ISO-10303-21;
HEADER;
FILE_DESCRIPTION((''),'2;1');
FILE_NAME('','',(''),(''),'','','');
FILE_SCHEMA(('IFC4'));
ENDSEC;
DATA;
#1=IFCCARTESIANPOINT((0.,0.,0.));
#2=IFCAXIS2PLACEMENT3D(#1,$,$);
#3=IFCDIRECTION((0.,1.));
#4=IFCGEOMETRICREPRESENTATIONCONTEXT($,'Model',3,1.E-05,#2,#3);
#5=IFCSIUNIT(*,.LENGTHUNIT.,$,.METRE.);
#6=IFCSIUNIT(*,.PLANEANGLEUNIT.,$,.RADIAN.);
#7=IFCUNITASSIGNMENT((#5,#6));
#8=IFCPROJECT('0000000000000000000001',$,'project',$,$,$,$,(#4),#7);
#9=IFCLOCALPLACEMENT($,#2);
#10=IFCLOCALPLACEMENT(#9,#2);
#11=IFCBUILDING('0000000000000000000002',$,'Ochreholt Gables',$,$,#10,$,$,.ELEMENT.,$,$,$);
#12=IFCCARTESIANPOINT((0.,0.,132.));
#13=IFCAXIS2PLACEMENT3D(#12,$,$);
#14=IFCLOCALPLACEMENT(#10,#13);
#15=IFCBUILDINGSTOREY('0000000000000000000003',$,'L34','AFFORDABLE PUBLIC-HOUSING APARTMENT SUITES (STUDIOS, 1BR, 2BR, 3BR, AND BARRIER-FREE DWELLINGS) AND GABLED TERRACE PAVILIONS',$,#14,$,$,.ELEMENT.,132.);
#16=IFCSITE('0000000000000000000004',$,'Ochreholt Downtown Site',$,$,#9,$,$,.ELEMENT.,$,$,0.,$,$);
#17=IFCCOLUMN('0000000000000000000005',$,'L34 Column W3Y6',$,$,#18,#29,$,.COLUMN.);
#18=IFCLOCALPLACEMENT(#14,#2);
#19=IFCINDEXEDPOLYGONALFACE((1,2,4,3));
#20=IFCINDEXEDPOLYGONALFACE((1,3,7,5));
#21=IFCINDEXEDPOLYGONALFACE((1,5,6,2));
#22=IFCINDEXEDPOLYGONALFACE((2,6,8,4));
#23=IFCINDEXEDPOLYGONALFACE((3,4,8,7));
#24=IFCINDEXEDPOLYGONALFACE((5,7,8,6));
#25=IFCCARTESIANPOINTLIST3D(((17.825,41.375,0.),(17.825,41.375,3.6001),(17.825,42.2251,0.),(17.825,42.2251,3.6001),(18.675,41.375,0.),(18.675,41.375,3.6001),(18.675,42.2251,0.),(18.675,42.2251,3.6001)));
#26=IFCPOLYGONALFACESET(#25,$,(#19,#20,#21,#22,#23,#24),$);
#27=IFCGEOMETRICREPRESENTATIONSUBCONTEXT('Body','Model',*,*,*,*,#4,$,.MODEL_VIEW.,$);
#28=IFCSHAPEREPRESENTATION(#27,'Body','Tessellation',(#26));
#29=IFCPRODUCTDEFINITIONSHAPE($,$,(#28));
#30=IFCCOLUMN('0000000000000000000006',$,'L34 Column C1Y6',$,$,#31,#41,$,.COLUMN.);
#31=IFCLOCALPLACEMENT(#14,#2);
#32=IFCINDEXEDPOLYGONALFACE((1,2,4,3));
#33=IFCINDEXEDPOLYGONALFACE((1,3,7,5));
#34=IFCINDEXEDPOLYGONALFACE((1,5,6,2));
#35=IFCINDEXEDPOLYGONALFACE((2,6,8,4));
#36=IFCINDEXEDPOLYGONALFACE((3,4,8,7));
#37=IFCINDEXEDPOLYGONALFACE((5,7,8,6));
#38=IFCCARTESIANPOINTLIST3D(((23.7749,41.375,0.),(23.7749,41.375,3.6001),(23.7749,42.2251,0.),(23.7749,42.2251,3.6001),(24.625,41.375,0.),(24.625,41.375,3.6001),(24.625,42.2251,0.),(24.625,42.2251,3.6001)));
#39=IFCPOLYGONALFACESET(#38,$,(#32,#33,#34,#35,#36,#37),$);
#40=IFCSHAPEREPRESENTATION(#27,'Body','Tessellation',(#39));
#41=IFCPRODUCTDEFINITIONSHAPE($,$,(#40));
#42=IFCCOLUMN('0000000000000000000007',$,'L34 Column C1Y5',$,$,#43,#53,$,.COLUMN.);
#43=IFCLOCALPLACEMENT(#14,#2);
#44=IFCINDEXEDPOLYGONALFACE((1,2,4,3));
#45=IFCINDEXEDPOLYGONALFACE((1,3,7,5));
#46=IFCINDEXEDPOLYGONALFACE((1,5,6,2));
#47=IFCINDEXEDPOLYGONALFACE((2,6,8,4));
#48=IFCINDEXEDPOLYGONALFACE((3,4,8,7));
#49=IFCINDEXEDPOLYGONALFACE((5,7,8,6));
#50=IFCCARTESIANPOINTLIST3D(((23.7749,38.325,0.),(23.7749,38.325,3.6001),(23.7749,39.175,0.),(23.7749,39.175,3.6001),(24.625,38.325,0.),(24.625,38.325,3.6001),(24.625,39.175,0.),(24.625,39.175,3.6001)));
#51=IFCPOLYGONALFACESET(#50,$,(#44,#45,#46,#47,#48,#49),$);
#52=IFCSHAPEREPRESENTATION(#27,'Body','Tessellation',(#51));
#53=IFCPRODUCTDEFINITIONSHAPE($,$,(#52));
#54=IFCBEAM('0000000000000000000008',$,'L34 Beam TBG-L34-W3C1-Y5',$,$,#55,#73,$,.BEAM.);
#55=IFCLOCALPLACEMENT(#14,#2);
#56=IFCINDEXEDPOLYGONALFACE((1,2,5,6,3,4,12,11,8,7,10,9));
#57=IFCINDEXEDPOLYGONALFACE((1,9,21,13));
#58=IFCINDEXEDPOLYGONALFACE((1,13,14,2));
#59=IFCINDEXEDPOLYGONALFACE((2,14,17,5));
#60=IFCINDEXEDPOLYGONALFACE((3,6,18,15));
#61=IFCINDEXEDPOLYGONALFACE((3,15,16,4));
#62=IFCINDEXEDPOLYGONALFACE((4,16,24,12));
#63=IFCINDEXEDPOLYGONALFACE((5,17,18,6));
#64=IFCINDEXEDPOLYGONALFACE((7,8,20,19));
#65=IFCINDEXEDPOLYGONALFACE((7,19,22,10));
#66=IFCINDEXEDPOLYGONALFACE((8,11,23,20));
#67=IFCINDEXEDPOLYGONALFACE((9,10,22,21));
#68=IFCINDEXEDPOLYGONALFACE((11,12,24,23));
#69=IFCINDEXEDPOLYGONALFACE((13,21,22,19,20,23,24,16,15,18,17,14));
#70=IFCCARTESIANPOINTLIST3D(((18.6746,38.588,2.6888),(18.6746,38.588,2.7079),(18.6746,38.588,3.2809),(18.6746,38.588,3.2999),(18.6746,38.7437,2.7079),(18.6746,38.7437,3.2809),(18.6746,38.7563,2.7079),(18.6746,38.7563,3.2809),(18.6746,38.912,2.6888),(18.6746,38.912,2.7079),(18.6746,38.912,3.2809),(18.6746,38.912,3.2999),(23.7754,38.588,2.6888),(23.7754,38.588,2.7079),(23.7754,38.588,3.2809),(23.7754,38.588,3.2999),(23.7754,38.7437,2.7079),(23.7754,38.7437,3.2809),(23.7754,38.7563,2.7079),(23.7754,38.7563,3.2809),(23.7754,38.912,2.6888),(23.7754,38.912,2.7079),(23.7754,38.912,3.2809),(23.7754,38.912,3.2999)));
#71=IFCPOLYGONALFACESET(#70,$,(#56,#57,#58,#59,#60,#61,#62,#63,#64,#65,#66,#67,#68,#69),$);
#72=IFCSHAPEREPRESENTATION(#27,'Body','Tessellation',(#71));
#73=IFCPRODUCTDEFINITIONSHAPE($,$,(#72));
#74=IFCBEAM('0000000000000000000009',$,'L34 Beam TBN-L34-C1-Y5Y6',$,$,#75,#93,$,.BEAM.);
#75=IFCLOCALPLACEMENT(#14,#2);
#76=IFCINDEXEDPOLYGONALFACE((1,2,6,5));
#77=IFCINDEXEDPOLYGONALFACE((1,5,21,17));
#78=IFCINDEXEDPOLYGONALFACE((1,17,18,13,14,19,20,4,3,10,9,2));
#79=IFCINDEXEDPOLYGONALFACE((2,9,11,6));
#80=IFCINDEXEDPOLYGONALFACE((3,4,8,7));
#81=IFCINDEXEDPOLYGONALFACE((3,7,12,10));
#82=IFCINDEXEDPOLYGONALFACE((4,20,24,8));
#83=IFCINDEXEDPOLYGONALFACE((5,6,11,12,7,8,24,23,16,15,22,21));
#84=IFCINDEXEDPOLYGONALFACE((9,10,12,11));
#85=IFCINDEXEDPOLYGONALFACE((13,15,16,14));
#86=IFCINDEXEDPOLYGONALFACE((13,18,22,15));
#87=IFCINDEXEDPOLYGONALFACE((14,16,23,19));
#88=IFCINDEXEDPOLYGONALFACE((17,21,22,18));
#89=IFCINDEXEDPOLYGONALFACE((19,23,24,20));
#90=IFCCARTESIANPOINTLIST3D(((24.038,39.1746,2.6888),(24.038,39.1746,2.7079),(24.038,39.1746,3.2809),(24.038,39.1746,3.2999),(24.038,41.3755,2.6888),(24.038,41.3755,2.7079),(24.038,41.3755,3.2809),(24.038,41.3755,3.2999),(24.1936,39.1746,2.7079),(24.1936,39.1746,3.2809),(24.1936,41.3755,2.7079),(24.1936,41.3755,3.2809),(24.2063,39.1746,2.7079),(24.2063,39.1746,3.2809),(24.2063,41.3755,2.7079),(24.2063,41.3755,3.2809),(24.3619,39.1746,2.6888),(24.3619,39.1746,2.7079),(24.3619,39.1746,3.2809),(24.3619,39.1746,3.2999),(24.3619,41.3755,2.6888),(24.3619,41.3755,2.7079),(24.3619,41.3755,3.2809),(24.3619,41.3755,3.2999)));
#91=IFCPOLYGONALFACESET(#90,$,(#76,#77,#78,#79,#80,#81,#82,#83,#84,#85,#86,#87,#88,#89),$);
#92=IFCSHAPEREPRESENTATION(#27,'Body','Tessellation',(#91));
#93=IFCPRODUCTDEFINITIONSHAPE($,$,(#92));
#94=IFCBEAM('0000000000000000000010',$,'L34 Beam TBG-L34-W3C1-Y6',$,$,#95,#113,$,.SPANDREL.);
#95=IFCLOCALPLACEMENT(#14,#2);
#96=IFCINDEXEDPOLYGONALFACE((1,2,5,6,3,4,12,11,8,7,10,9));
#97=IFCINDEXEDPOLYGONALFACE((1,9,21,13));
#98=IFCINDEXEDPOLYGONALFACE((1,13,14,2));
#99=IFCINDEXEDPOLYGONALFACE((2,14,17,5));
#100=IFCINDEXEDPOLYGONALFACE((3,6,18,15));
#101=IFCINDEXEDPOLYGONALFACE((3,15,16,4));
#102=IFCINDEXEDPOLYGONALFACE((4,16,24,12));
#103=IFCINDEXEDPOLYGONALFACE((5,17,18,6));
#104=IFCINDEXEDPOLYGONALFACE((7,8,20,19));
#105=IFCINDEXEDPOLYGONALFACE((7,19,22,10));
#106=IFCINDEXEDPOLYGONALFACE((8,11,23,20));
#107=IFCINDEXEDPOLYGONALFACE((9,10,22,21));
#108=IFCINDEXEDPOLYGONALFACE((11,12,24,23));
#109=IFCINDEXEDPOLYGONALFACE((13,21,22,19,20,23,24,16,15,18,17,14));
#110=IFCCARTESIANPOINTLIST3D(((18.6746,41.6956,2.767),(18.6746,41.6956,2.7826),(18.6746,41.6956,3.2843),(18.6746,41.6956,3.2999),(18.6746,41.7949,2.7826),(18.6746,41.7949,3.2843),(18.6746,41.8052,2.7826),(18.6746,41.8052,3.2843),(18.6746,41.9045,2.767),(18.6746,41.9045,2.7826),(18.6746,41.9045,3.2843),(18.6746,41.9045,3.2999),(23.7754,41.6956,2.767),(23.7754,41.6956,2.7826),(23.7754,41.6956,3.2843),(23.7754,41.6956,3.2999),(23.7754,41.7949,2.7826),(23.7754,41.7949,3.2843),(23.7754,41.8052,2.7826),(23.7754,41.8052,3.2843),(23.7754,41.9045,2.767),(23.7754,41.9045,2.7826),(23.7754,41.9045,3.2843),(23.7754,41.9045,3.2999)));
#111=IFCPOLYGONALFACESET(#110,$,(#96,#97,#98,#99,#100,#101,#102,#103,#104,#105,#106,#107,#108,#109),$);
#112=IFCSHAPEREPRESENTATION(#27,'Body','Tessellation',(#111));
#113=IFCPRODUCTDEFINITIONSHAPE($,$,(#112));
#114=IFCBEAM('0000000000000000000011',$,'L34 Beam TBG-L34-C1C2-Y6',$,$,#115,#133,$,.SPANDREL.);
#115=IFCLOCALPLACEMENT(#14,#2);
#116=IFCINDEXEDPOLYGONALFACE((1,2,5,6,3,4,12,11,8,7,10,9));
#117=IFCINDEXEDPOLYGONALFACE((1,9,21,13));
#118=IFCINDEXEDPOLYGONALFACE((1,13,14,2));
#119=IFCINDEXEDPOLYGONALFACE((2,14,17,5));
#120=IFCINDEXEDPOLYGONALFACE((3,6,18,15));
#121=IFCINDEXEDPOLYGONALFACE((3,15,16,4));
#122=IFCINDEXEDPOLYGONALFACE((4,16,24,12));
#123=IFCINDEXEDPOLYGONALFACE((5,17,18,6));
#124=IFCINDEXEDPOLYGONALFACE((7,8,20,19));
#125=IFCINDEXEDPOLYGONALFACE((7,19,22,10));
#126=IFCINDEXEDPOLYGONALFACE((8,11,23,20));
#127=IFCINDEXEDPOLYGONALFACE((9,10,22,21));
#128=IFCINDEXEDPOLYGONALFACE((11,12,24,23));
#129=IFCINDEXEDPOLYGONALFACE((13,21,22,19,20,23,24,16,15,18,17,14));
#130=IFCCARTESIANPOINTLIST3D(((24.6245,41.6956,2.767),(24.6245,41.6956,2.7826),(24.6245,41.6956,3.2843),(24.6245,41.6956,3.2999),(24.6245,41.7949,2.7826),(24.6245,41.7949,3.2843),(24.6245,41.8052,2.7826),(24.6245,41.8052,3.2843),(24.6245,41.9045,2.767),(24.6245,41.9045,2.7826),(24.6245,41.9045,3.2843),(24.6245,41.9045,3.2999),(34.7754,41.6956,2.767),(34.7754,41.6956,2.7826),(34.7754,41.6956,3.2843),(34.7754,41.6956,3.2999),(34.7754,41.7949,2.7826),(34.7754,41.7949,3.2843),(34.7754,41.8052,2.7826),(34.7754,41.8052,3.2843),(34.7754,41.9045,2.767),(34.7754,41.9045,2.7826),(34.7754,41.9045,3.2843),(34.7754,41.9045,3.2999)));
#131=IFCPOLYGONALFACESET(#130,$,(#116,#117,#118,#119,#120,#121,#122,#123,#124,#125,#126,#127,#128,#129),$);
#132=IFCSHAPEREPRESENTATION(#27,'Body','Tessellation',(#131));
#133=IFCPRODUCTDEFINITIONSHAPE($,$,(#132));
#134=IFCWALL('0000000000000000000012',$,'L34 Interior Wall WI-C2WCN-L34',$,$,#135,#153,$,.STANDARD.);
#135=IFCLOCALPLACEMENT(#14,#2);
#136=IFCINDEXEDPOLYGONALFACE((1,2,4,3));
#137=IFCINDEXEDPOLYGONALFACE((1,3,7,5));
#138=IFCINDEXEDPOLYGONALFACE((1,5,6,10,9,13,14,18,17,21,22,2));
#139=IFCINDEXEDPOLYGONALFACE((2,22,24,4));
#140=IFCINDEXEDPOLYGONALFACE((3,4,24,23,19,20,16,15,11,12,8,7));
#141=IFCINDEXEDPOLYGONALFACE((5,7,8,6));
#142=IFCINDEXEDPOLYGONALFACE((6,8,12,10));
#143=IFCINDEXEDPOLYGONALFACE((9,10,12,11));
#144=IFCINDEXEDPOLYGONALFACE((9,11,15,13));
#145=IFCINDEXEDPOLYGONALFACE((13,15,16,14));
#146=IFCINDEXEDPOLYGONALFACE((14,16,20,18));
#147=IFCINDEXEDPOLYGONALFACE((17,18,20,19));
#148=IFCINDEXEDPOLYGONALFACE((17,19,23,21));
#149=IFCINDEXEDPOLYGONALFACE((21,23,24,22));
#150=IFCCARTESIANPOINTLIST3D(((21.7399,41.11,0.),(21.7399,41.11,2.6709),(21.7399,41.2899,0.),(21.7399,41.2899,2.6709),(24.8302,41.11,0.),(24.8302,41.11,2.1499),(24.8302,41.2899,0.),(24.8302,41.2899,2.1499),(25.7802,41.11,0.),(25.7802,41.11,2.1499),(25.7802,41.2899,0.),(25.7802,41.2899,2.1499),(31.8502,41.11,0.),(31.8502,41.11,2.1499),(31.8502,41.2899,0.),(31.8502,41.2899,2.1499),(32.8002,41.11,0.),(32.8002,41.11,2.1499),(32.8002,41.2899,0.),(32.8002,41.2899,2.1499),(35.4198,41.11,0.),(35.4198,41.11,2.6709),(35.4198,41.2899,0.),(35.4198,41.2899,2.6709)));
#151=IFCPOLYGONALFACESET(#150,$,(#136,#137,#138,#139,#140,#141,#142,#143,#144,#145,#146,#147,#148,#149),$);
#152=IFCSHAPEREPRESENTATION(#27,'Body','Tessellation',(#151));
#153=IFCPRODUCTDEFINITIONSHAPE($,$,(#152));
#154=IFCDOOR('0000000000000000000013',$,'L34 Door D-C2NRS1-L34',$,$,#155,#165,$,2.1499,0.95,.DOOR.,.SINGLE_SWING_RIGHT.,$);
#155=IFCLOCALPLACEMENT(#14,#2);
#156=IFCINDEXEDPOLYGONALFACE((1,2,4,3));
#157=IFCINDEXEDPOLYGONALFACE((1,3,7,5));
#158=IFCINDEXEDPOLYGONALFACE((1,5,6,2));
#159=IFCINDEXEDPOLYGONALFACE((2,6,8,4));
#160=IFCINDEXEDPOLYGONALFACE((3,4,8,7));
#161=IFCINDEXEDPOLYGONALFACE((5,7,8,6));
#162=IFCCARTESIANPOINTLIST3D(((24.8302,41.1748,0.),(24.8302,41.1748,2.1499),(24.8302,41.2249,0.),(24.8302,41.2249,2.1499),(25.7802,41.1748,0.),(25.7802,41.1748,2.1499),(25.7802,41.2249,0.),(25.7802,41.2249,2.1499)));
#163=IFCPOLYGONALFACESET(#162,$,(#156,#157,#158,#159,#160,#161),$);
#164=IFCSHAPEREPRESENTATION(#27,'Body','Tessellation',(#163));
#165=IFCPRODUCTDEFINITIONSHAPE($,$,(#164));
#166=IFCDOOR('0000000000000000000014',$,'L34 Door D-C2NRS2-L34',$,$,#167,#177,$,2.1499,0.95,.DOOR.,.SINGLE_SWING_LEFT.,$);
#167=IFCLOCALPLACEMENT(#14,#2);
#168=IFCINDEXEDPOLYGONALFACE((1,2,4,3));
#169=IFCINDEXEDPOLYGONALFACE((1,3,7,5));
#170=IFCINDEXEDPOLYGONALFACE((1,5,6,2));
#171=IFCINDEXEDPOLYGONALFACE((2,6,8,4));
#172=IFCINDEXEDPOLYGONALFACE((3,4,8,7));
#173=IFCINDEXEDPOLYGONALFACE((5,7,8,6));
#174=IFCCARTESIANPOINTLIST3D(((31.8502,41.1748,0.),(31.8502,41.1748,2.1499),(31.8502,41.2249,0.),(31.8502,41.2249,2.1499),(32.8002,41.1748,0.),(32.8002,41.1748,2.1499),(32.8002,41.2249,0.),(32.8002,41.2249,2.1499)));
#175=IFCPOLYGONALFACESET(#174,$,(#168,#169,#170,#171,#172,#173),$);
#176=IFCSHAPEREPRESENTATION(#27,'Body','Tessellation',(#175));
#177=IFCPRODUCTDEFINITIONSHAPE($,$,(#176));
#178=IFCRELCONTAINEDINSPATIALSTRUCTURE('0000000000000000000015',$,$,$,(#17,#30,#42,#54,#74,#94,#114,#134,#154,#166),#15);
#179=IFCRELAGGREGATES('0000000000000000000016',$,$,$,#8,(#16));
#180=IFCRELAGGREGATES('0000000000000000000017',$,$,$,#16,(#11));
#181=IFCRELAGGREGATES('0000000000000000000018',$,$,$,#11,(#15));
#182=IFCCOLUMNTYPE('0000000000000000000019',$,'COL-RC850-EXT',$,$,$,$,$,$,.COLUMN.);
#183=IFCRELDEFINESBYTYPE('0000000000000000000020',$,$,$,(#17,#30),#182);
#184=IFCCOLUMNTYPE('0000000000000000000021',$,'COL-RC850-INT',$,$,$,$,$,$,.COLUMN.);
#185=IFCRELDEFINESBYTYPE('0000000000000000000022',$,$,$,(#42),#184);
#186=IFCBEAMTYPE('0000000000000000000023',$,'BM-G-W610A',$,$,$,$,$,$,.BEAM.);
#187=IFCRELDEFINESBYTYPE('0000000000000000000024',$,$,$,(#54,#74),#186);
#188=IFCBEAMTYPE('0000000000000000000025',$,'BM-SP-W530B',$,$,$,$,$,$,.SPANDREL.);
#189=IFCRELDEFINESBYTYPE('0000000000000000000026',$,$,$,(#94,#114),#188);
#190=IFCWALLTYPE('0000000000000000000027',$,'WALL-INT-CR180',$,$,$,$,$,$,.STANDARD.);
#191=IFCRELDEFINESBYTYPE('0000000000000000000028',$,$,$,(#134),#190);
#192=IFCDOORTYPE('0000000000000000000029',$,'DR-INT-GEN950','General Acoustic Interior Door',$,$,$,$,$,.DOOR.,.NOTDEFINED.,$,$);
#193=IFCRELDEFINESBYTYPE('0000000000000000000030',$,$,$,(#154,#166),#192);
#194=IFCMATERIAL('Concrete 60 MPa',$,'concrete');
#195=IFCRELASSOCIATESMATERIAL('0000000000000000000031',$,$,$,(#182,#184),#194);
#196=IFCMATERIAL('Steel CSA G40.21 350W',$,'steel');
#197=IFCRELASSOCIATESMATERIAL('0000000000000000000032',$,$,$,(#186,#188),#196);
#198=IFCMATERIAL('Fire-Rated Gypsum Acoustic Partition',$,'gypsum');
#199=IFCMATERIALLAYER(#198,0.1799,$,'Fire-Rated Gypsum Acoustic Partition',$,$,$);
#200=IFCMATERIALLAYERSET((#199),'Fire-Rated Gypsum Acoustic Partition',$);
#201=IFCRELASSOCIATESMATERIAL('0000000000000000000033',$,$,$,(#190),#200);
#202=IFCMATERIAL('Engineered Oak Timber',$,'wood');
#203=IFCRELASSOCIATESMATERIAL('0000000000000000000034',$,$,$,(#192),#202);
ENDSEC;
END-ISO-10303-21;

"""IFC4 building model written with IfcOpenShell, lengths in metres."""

from ifc_helpers import new_model, si_unit, direction, frame, frame_2d, origin, origin_2d, place, context, subcontext, project, spatial, rectangle, i_section, extrude, material, layer, layer_set, material_profile, profile_set, type_object, element, fill, save


model = new_model("IFC4")

# Units and contexts
model_context = context("Model", 3, precision=1e-05, world=origin(), true_north=direction((0.0, 1.0)))
body_context = subcontext(model_context, "Body", "Model", "MODEL_VIEW")
ifc_project = project(units=[si_unit("LENGTHUNIT", "METRE"), si_unit("PLANEANGLEUNIT", "RADIAN")], contexts=[model_context])

# Site, building, storey
site_placement = place(None, origin())
site = spatial("IfcSite", under=ifc_project, at=site_placement, Name="Ochreholt Downtown Site", CompositionType="ELEMENT", RefElevation=0.0)
building_placement = place(site_placement, origin())
building = spatial("IfcBuilding", under=site, at=building_placement, Name="Ochreholt Gables", CompositionType="ELEMENT")
storey_placement = place(building_placement, frame((0.0, 0.0, 132.0)))
storey = spatial("IfcBuildingStorey", under=building, at=storey_placement, Name="L34", Description="AFFORDABLE PUBLIC-HOUSING APARTMENT SUITES (STUDIOS, 1BR, 2BR, 3BR, AND BARRIER-FREE DWELLINGS) AND GABLED TERRACE PAVILIONS", CompositionType="ELEMENT", Elevation=132.0)

# Columns
ifc_material_1 = material(Name="Concrete 60 MPa", Category="concrete")
ifc_material_profile_1 = material_profile(ifc_material_1, rectangle(XDim=0.8501, YDim=0.8501, at=origin_2d()), Name="RC850X850")
ifc_profile_set_1 = profile_set([ifc_material_profile_1], Name="Concrete 60 MPa")
column_type_1 = type_object("IfcColumnType", Name="COL-RC850-EXT", PredefinedType="COLUMN", material=ifc_profile_set_1)
for number, where, z_axis, x_axis, name in (
    (1, (18.25, 41.8, 0.0), (0.0, 0.0, 1.0), (1.0, 0.0, 0.0), "L34 Column W3Y6"),
    (2, (24.2, 41.8, 0.0), (0.0, 0.0, 1.0), (1.0, 0.0, 0.0), "L34 Column C1Y6"),
):
    element("IfcColumn", number, at=place(storey_placement, frame(where, z_axis=z_axis, x_axis=x_axis)), inside=storey, type_object=column_type_1, Name=name, PredefinedType="COLUMN", context=body_context, shape_type="SweptSolid", body=[
        extrude(rectangle(XDim=0.8501, YDim=0.8501, at=origin_2d()), origin(), (0.0, 0.0, 1.0), 3.6001),
    ])
ifc_material_profile_2 = material_profile(ifc_material_1, rectangle(XDim=0.8501, YDim=0.8501, at=origin_2d()), Name="RC850X850")
ifc_profile_set_2 = profile_set([ifc_material_profile_2], Name="Concrete 60 MPa")
column_type_2 = type_object("IfcColumnType", Name="COL-RC850-INT", PredefinedType="COLUMN", material=ifc_profile_set_2)
column_placement = place(storey_placement, frame((24.2, 38.75, 0.0), z_axis=(0.0, 0.0, 1.0), x_axis=(1.0, 0.0, 0.0)))
element("IfcColumn", 3, at=column_placement, inside=storey, type_object=column_type_2, Name="L34 Column C1Y5", PredefinedType="COLUMN", context=body_context, shape_type="SweptSolid", body=[
    extrude(rectangle(XDim=0.8501, YDim=0.8501, at=origin_2d()), origin(), (0.0, 0.0, 1.0), 3.6001),
])

# Beams
ifc_material_2 = material(Name="Steel CSA G40.21 350W", Category="steel")
ifc_material_profile_3 = material_profile(ifc_material_2, i_section(OverallWidth=0.324, OverallDepth=0.6111, WebThickness=0.0127, FlangeThickness=0.019, at=origin_2d()), Name="W610X155")
ifc_profile_set_3 = profile_set([ifc_material_profile_3], Name="Steel CSA G40.21 350W")
beam_type_1 = type_object("IfcBeamType", Name="BM-G-W610A", PredefinedType="BEAM", material=ifc_profile_set_3)
beam_1_placement = place(storey_placement, frame((18.6746, 38.75, 2.9944), z_axis=(1.0, 0.0, 0.0), x_axis=(0.0, 1.0, 0.0)))
element("IfcBeam", 4, at=beam_1_placement, inside=storey, type_object=beam_type_1, Name="L34 Beam TBG-L34-W3C1-Y5", PredefinedType="BEAM", context=body_context, shape_type="SweptSolid", body=[
    extrude(i_section(OverallWidth=0.324, OverallDepth=0.6111, WebThickness=0.0127, FlangeThickness=0.019, at=origin_2d()), origin(), (0.0, 0.0, 1.0), 5.1008),
])
beam_2_placement = place(storey_placement, frame((24.2, 39.1746, 2.9944), z_axis=(0.0, 1.0, 0.0), x_axis=(-1.0, 0.0, 0.0)))
element("IfcBeam", 5, at=beam_2_placement, inside=storey, type_object=beam_type_1, Name="L34 Beam TBN-L34-C1-Y5Y6", PredefinedType="BEAM", context=body_context, shape_type="SweptSolid", body=[
    extrude(i_section(OverallWidth=0.324, OverallDepth=0.6111, WebThickness=0.0127, FlangeThickness=0.019, at=origin_2d()), origin(), (0.0, 0.0, 1.0), 2.2009),
])
ifc_material_profile_4 = material_profile(ifc_material_2, i_section(OverallWidth=0.209, OverallDepth=0.533, WebThickness=0.0103, FlangeThickness=0.0156, at=origin_2d()), Name="W530X92")
ifc_profile_set_4 = profile_set([ifc_material_profile_4], Name="Steel CSA G40.21 350W")
beam_type_2 = type_object("IfcBeamType", Name="BM-SP-W530B", PredefinedType="SPANDREL", material=ifc_profile_set_4)
beam_3_placement = place(storey_placement, frame((18.6746, 41.8, 3.0334), z_axis=(1.0, 0.0, 0.0), x_axis=(0.0, 1.0, 0.0)))
element("IfcBeam", 6, at=beam_3_placement, inside=storey, type_object=beam_type_2, Name="L34 Beam TBG-L34-W3C1-Y6", PredefinedType="SPANDREL", context=body_context, shape_type="SweptSolid", body=[
    extrude(i_section(OverallWidth=0.209, OverallDepth=0.533, WebThickness=0.0103, FlangeThickness=0.0156, at=origin_2d()), origin(), (0.0, 0.0, 1.0), 5.1008),
])
beam_4_placement = place(storey_placement, frame((24.6245, 41.8, 3.0334), z_axis=(1.0, 0.0, 0.0), x_axis=(0.0, 1.0, 0.0)))
element("IfcBeam", 7, at=beam_4_placement, inside=storey, type_object=beam_type_2, Name="L34 Beam TBG-L34-C1C2-Y6", PredefinedType="SPANDREL", context=body_context, shape_type="SweptSolid", body=[
    extrude(i_section(OverallWidth=0.209, OverallDepth=0.533, WebThickness=0.0103, FlangeThickness=0.0156, at=origin_2d()), origin(), (0.0, 0.0, 1.0), 10.1509),
])

# Wall, openings, doors
ifc_material_3 = material(Name="Fire-Rated Gypsum Acoustic Partition", Category="gypsum")
ifc_layer_1 = layer(ifc_material_3, 0.1799, Name="Fire-Rated Gypsum Acoustic Partition")
ifc_layer_set_1 = layer_set([ifc_layer_1], Name="Fire-Rated Gypsum Acoustic Partition")
wall_type_1 = type_object("IfcWallType", Name="WALL-INT-CR180", PredefinedType="STANDARD", material=ifc_layer_set_1)
wall_1_placement = place(storey_placement, frame((21.74, 41.2, 0.0), z_axis=(0.0, 0.0, 1.0), x_axis=(1.0, 0.0, 0.0)))
wall_1 = element("IfcWall", 8, at=wall_1_placement, inside=storey, type_object=wall_type_1, Name="L34 Interior Wall WI-C2WCN-L34", PredefinedType="STANDARD", context=body_context, shape_type="SweptSolid", body=[
    extrude(rectangle(XDim=13.6799, YDim=0.1799, at=frame_2d((6.8398, 0.0))), origin(), (0.0, 0.0, 1.0), 2.6709),
])
opening_1_placement = place(wall_1_placement, frame((3.0901, 0.0, 0.0)))
opening_1 = element("IfcOpeningElement", 9, at=opening_1_placement, cuts=wall_1, PredefinedType="OPENING", context=body_context, shape_type="SweptSolid", body=[
    extrude(rectangle(XDim=0.95, YDim=2.1499, at=frame_2d((0.4751, 1.075))), frame((0.0, 0.0999, 0.0), z_axis=(0.0, -1.0, 0.0), x_axis=(1.0, 0.0, 0.0)), (0.0, 0.0, 1.0), 0.2),
])
opening_2_placement = place(wall_1_placement, frame((10.1101, 0.0, 0.0)))
opening_2 = element("IfcOpeningElement", 10, at=opening_2_placement, cuts=wall_1, PredefinedType="OPENING", context=body_context, shape_type="SweptSolid", body=[
    extrude(rectangle(XDim=0.95, YDim=2.1499, at=frame_2d((0.4751, 1.075))), frame((0.0, 0.0999, 0.0), z_axis=(0.0, -1.0, 0.0), x_axis=(1.0, 0.0, 0.0)), (0.0, 0.0, 1.0), 0.2),
])
ifc_material_4 = material(Name="Engineered Oak Timber", Category="wood")
door_type_1 = type_object("IfcDoorType", Name="DR-INT-GEN950", Description="General Acoustic Interior Door", OperationType="NOTDEFINED", PredefinedType="DOOR", material=ifc_material_4)
door_1_placement = place(opening_1_placement, origin())
door_1 = element("IfcDoor", 11, at=door_1_placement, inside=storey, type_object=door_type_1, Name="L34 Door D-C2NRS1-L34", OperationType="SINGLE_SWING_RIGHT", OverallHeight=2.1499, OverallWidth=0.95, PredefinedType="DOOR", context=body_context, shape_type="SweptSolid", body=[
    extrude(rectangle(XDim=0.95, YDim=2.1499, at=frame_2d((0.4751, 1.075))), frame((0.0, 0.0249, 0.0), z_axis=(0.0, -1.0, 0.0), x_axis=(1.0, 0.0, 0.0)), (0.0, 0.0, 1.0), 0.05),
])
fill(opening_1, door_1)
door_2_placement = place(opening_2_placement, origin())
door_2 = element("IfcDoor", 12, at=door_2_placement, inside=storey, type_object=door_type_1, Name="L34 Door D-C2NRS2-L34", OperationType="SINGLE_SWING_LEFT", OverallHeight=2.1499, OverallWidth=0.95, PredefinedType="DOOR", context=body_context, shape_type="SweptSolid", body=[
    extrude(rectangle(XDim=0.95, YDim=2.1499, at=frame_2d((0.4751, 1.075))), frame((0.0, 0.0249, 0.0), z_axis=(0.0, -1.0, 0.0), x_axis=(1.0, 0.0, 0.0)), (0.0, 0.0, 1.0), 0.05),
])
fill(opening_2, door_2)

save(model, "model.ifc")
